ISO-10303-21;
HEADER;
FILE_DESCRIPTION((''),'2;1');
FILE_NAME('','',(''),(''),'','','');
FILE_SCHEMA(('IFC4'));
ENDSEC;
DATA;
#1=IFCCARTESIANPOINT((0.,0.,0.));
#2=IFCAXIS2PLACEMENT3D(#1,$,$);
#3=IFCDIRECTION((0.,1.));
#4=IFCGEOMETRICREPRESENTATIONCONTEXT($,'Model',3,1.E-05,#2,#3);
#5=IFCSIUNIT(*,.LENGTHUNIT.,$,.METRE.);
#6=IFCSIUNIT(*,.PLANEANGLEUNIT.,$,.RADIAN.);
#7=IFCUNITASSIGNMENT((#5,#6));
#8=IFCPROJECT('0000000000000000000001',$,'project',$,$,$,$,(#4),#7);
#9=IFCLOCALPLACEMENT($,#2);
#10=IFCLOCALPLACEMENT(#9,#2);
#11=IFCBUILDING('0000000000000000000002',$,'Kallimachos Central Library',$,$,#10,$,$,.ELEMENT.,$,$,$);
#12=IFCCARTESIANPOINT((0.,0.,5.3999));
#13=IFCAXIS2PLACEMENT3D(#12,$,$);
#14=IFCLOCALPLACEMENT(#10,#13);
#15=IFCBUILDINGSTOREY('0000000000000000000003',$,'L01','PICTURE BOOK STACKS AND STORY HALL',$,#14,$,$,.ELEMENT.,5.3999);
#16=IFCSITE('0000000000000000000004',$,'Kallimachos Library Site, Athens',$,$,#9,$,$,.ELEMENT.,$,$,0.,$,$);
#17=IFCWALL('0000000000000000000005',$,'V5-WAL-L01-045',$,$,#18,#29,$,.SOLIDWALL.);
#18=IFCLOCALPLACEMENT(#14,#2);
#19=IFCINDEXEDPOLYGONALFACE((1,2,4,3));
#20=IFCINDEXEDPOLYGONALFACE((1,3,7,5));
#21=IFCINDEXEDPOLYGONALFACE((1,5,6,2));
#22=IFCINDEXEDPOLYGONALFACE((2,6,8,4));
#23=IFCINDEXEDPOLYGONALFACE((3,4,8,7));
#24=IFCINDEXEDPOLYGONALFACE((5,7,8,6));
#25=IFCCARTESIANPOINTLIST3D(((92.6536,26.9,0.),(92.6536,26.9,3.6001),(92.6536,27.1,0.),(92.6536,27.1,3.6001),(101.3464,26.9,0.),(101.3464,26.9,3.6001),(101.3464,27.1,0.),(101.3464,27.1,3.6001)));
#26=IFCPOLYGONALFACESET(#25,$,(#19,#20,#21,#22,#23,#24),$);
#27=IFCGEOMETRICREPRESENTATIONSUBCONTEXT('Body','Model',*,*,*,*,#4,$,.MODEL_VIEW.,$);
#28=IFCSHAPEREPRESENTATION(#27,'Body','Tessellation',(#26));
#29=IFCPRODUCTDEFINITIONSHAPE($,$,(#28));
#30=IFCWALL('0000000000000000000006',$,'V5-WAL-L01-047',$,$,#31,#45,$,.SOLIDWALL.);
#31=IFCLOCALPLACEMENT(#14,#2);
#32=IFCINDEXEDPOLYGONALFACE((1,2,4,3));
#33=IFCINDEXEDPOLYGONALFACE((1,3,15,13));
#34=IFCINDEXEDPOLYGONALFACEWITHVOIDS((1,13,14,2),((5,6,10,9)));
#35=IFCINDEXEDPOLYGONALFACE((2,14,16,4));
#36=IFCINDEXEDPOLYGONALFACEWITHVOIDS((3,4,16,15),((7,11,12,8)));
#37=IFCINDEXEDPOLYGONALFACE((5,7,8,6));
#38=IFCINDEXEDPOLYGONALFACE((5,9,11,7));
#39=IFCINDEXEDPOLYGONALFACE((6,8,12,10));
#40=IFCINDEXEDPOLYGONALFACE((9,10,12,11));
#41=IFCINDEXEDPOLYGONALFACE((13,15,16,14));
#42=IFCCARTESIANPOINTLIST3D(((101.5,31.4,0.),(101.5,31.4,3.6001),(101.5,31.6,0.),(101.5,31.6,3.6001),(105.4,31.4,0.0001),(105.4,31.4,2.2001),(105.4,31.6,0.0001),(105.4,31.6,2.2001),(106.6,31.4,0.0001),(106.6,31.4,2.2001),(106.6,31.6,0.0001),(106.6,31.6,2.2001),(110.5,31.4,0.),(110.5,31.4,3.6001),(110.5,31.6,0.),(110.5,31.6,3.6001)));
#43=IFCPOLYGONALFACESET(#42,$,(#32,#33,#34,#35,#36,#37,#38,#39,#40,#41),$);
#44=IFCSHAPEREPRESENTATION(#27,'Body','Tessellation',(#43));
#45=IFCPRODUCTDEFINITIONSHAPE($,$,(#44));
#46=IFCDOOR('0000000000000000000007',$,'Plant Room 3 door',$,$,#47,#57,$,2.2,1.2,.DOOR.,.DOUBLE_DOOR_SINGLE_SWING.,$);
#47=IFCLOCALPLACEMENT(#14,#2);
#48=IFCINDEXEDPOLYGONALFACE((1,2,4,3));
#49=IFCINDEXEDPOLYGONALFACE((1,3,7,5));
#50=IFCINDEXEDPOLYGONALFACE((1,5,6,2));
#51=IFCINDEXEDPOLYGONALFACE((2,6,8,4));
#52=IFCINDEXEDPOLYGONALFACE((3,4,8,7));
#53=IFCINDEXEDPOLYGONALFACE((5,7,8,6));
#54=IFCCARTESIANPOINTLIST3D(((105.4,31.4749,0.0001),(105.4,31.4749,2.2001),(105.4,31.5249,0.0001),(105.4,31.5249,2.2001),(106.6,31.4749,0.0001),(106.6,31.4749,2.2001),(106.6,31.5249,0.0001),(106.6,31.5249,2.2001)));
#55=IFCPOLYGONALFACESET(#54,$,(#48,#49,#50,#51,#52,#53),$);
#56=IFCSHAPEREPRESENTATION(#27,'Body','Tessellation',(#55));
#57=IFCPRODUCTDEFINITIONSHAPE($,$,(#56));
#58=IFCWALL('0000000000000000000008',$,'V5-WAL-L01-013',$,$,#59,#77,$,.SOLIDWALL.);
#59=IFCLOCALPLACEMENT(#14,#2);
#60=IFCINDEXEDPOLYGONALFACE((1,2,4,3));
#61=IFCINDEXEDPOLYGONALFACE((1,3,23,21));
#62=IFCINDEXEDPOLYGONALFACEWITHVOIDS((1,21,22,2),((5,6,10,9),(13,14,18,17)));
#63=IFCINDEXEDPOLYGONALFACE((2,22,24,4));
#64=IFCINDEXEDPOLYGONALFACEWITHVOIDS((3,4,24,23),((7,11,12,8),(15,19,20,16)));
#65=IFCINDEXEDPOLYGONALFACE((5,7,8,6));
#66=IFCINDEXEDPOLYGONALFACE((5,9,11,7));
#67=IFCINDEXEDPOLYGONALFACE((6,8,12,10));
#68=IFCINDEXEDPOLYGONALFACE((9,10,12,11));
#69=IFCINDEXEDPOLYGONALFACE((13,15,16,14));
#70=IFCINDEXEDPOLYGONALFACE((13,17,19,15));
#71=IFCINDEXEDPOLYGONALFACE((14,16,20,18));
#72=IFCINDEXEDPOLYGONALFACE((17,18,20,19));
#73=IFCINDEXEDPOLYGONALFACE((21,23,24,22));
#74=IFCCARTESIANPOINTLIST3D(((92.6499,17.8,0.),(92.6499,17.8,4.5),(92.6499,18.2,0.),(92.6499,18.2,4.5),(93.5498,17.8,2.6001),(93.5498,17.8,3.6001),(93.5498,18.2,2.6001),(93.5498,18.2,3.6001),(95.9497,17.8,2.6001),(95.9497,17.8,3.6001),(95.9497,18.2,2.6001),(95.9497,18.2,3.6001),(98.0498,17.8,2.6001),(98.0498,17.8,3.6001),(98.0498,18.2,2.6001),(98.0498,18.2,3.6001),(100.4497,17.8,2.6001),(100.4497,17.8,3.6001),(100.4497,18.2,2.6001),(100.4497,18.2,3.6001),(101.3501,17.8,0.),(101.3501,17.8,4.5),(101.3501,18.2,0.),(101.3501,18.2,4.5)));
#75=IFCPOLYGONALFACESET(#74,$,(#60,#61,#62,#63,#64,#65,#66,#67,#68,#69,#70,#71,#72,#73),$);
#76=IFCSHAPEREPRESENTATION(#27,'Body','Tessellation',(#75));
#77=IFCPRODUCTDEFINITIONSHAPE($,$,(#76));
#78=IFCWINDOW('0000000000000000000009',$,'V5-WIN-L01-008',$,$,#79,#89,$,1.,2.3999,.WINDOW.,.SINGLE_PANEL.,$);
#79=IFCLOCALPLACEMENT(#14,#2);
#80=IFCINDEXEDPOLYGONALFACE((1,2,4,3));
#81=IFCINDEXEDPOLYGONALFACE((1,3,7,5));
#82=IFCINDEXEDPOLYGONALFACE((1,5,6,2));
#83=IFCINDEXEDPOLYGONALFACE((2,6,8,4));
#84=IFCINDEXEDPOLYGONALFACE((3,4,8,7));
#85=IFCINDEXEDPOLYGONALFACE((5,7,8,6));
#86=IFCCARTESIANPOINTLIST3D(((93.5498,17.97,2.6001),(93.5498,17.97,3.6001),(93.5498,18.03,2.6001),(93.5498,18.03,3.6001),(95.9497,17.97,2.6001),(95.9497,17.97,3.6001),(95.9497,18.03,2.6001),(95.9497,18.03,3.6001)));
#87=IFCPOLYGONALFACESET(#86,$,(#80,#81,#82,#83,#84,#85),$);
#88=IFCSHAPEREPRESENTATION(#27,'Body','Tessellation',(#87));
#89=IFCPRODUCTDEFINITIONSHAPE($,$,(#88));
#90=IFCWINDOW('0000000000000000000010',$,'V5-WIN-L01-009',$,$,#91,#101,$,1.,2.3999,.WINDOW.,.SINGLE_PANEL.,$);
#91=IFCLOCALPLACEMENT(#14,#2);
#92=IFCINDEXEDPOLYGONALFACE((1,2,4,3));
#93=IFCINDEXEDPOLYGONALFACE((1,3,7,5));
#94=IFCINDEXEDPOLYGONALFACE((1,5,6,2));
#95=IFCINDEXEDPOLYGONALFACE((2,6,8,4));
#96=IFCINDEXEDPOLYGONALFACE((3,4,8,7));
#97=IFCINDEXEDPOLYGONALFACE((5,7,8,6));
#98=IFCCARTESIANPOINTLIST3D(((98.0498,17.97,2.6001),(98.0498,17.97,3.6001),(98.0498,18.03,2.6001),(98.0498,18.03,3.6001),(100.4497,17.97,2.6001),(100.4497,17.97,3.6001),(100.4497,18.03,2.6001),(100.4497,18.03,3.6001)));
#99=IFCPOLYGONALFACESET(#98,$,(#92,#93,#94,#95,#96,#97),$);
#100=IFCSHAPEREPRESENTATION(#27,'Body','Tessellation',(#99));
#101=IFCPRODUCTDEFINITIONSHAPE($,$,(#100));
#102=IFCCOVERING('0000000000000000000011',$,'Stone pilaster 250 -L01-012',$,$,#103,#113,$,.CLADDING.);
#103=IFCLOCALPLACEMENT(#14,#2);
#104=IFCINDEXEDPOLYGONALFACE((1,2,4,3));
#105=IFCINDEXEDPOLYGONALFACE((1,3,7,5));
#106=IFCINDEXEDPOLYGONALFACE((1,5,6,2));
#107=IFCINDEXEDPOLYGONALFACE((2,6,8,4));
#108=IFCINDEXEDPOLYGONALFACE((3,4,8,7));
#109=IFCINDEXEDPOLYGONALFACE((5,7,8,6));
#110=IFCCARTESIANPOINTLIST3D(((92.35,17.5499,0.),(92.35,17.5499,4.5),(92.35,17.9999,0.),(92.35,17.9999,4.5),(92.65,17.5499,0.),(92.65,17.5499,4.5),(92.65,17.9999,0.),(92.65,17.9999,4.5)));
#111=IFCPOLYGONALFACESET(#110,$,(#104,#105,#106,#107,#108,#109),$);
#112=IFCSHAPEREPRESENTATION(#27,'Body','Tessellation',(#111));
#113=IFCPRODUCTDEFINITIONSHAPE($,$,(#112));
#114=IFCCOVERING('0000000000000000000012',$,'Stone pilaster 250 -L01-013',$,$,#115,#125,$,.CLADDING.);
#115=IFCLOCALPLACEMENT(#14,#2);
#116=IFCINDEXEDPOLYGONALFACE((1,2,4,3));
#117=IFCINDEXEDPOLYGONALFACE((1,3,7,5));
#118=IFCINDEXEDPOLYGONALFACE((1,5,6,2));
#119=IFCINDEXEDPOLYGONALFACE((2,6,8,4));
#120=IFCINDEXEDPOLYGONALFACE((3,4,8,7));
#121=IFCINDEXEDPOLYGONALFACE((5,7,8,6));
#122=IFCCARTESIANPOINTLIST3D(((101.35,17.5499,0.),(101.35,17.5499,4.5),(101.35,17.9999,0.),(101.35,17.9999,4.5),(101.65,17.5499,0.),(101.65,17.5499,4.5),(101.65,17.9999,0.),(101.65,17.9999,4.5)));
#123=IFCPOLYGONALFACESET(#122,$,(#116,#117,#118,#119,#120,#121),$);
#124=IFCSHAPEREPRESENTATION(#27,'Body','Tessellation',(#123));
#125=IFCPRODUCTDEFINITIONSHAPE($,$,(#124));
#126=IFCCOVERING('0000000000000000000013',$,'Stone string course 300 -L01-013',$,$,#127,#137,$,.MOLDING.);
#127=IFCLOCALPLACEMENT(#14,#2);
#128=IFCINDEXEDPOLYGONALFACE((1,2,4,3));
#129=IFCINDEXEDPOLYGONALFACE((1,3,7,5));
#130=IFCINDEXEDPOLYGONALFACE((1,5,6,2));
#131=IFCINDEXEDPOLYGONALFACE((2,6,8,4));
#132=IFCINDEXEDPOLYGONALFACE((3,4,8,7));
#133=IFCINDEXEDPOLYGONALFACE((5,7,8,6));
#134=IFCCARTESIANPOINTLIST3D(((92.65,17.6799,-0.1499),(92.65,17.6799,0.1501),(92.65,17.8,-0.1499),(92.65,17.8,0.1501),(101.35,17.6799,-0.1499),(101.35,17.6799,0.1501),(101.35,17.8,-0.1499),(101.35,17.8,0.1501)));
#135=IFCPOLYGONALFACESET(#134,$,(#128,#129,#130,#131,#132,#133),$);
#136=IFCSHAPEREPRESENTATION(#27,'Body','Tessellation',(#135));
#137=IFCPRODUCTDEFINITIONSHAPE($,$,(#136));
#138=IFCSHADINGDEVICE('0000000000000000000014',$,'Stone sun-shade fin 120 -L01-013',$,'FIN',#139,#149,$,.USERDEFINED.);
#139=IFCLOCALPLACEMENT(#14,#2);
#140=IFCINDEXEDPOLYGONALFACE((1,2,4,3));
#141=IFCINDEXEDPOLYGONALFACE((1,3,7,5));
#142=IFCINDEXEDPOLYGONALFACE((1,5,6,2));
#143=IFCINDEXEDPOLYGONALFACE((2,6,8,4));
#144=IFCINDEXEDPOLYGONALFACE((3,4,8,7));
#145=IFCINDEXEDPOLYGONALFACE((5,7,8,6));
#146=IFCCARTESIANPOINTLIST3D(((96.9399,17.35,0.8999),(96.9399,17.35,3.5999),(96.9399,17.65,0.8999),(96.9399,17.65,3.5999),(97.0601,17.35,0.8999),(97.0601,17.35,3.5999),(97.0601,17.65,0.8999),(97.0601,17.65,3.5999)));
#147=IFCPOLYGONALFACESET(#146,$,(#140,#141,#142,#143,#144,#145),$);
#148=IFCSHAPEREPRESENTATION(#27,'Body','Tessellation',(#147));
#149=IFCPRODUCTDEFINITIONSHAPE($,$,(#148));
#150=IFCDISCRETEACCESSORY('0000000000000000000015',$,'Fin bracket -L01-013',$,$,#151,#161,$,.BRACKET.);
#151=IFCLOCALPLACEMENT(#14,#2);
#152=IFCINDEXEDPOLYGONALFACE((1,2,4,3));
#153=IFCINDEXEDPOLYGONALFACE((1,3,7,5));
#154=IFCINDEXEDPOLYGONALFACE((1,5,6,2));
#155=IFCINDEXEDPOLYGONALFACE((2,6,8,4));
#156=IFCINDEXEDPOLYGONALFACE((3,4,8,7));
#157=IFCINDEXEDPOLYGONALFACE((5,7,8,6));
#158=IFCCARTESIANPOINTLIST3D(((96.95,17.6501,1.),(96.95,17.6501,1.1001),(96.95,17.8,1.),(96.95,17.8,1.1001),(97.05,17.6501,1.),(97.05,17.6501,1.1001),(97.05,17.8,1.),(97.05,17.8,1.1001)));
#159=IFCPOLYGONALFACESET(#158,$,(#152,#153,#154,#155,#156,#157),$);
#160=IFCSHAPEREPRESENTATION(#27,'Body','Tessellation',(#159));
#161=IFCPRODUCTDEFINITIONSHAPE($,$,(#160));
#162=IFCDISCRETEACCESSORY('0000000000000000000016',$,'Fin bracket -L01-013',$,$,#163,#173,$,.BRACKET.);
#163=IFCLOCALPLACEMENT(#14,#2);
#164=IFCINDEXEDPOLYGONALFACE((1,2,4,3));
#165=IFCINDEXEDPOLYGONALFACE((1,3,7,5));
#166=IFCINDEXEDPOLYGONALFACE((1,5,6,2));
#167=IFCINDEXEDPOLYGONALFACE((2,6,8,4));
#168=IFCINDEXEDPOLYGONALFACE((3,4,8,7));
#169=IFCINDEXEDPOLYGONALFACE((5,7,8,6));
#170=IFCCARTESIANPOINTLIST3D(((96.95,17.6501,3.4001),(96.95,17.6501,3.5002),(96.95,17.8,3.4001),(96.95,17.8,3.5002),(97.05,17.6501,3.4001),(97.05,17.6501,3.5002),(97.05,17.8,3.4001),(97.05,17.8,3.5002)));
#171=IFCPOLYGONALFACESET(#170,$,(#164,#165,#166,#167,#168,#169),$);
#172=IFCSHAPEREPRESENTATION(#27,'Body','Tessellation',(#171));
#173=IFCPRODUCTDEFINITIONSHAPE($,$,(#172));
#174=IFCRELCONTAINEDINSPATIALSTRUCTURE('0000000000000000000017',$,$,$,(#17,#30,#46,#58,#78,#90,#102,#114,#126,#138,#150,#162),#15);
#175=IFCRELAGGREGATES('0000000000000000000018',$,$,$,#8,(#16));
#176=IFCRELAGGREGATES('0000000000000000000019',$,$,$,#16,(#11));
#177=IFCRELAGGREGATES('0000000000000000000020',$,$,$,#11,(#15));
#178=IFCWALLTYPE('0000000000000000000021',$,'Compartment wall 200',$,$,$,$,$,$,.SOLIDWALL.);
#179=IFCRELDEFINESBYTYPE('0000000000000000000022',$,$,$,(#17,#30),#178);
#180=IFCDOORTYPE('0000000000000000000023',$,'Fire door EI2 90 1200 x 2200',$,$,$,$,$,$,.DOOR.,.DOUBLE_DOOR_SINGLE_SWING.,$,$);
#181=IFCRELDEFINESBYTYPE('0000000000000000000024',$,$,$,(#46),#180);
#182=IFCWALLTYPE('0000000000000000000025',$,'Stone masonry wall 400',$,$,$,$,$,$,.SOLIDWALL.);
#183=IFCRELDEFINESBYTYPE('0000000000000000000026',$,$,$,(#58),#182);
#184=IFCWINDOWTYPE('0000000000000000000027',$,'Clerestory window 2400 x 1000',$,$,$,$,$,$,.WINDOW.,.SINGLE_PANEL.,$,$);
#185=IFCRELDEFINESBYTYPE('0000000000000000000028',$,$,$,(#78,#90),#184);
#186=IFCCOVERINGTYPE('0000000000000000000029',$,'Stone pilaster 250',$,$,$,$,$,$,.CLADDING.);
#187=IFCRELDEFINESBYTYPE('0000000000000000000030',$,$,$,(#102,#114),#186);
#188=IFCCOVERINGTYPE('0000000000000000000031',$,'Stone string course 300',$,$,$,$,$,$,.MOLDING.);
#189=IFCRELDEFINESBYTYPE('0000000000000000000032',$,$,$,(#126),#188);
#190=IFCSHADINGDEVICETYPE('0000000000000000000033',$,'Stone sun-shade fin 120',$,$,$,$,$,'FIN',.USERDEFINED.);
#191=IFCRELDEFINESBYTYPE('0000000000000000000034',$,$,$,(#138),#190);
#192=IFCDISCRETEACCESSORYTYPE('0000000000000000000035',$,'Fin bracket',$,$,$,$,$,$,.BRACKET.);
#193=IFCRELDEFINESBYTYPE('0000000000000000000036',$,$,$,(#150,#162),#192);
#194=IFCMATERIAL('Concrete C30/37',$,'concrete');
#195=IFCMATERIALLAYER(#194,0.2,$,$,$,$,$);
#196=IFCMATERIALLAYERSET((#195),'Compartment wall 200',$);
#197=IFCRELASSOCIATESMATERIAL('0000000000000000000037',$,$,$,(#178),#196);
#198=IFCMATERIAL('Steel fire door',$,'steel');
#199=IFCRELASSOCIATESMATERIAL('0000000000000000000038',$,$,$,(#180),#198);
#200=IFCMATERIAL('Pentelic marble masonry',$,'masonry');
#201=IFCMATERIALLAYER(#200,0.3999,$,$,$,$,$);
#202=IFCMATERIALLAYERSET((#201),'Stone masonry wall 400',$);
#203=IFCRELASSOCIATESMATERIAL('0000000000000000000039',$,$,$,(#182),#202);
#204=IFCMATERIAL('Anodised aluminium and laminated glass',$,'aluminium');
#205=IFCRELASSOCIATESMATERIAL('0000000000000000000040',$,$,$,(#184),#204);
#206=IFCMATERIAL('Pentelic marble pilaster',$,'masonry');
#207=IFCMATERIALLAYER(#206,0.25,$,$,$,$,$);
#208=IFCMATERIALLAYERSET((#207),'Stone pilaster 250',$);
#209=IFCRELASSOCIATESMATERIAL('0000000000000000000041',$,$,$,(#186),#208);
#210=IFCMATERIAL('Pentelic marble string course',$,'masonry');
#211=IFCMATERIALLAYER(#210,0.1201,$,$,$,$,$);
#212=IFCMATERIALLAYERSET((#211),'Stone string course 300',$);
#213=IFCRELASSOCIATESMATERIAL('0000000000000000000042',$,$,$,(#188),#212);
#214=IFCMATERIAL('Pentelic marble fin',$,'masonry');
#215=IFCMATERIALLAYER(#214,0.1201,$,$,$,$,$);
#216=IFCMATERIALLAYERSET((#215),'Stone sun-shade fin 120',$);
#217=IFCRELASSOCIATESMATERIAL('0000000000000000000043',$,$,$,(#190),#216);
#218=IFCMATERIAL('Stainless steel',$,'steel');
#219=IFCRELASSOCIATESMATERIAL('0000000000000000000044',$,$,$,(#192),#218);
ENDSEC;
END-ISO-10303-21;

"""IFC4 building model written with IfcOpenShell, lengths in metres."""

from ifc_helpers import new_model, si_unit, direction, frame, frame_2d, origin, origin_2d, place, context, subcontext, project, spatial, rectangle, extrude, material, layer, layer_set, type_object, element, fill, save


model = new_model("IFC4")

# Units and contexts
model_context = context("Model", 3, precision=1e-05, world=origin(), true_north=direction((0.0, 1.0)))
body_context = subcontext(model_context, "Body", "Model", "MODEL_VIEW")
ifc_project = project(units=[si_unit("LENGTHUNIT", "METRE"), si_unit("PLANEANGLEUNIT", "RADIAN")], contexts=[model_context])

# Site, building, storey
site_placement = place(None, origin())
site = spatial("IfcSite", under=ifc_project, at=site_placement, Name="Kallimachos Library Site, Athens", CompositionType="ELEMENT", RefElevation=0.0)
building_placement = place(site_placement, origin())
building = spatial("IfcBuilding", under=site, at=building_placement, Name="Kallimachos Central Library", CompositionType="ELEMENT")
storey_placement = place(building_placement, frame((0.0, 0.0, 5.3999)))
storey = spatial("IfcBuildingStorey", under=building, at=storey_placement, Name="L01", Description="PICTURE BOOK STACKS AND STORY HALL", CompositionType="ELEMENT", Elevation=5.3999)

# Wall
ifc_material_1 = material(Name="Concrete C30/37", Category="concrete")
ifc_layer_1 = layer(ifc_material_1, 0.2)
ifc_layer_set_1 = layer_set([ifc_layer_1], Name="Compartment wall 200")
wall_type_1 = type_object("IfcWallType", Name="Compartment wall 200", PredefinedType="SOLIDWALL", material=ifc_layer_set_1)
wall_1_placement = place(storey_placement, frame((92.6536, 27.0, 0.0), z_axis=(0.0, 0.0, 1.0), x_axis=(1.0, 0.0, 0.0)))
element("IfcWall", 1, at=wall_1_placement, inside=storey, type_object=wall_type_1, Name="V5-WAL-L01-045", PredefinedType="SOLIDWALL", context=body_context, shape_type="SweptSolid", body=[
    extrude(rectangle(XDim=8.6929, YDim=0.2, at=frame_2d((4.3464, 0.0))), origin(), (0.0, 0.0, 1.0), 3.6001),
])

# Wall, opening, door
wall_2_placement = place(storey_placement, frame((101.5, 31.5, 0.0), z_axis=(0.0, 0.0, 1.0), x_axis=(1.0, 0.0, 0.0)))
wall_2 = element("IfcWall", 2, at=wall_2_placement, inside=storey, type_object=wall_type_1, Name="V5-WAL-L01-047", PredefinedType="SOLIDWALL", context=body_context, shape_type="SweptSolid", body=[
    extrude(rectangle(XDim=9.0, YDim=0.2, at=frame_2d((4.5, 0.0))), origin(), (0.0, 0.0, 1.0), 3.6001),
])
opening_1_placement = place(wall_2_placement, frame((3.8999, 0.0, 0.0)))
opening_1 = element("IfcOpeningElement", 3, at=opening_1_placement, cuts=wall_2, PredefinedType="OPENING", context=body_context, shape_type="SweptSolid", body=[
    extrude(rectangle(XDim=1.2, YDim=2.2, at=frame_2d((0.6001, 1.1001))), frame((0.0, 0.1099, 0.0), z_axis=(0.0, -1.0, 0.0), x_axis=(1.0, 0.0, 0.0)), (0.0, 0.0, 1.0), 0.22),
])
ifc_material_2 = material(Name="Steel fire door", Category="steel")
door_type = type_object("IfcDoorType", Name="Fire door EI2 90 1200 x 2200", OperationType="DOUBLE_DOOR_SINGLE_SWING", PredefinedType="DOOR", material=ifc_material_2)
door_placement = place(opening_1_placement, origin())
door = element("IfcDoor", 4, at=door_placement, inside=storey, type_object=door_type, Name="Plant Room 3 door", OperationType="DOUBLE_DOOR_SINGLE_SWING", OverallHeight=2.2, OverallWidth=1.2, PredefinedType="DOOR", context=body_context, shape_type="SweptSolid", body=[
    extrude(rectangle(XDim=1.2, YDim=2.2, at=frame_2d((0.6001, 1.1001))), frame((0.0, 0.0249, 0.0), z_axis=(0.0, -1.0, 0.0), x_axis=(1.0, 0.0, 0.0)), (0.0, 0.0, 1.0), 0.05),
])
fill(opening_1, door)

# Wall, openings, windows
ifc_material_3 = material(Name="Pentelic marble masonry", Category="masonry")
ifc_layer_2 = layer(ifc_material_3, 0.3999)
ifc_layer_set_2 = layer_set([ifc_layer_2], Name="Stone masonry wall 400")
wall_type_2 = type_object("IfcWallType", Name="Stone masonry wall 400", PredefinedType="SOLIDWALL", material=ifc_layer_set_2)
wall_3_placement = place(storey_placement, frame((92.6499, 18.0, 0.0), z_axis=(0.0, 0.0, 1.0), x_axis=(1.0, 0.0, 0.0)))
wall_3 = element("IfcWall", 5, at=wall_3_placement, inside=storey, type_object=wall_type_2, Name="V5-WAL-L01-013", PredefinedType="SOLIDWALL", context=body_context, shape_type="SweptSolid", body=[
    extrude(rectangle(XDim=8.7002, YDim=0.3999, at=frame_2d((4.3501, 0.0))), origin(), (0.0, 0.0, 1.0), 4.5),
])
opening_2_placement = place(wall_3_placement, frame((0.8999, 0.0, 2.6001)))
opening_2 = element("IfcOpeningElement", 6, at=opening_2_placement, cuts=wall_3, PredefinedType="OPENING", context=body_context, shape_type="SweptSolid", body=[
    extrude(rectangle(XDim=2.3999, YDim=1.0, at=frame_2d((1.2, 0.5))), frame((0.0, 0.21, 0.0), z_axis=(0.0, -1.0, 0.0), x_axis=(1.0, 0.0, 0.0)), (0.0, 0.0, 1.0), 0.4199),
])
opening_3_placement = place(wall_3_placement, frame((5.3999, 0.0, 2.6001)))
opening_3 = element("IfcOpeningElement", 7, at=opening_3_placement, cuts=wall_3, PredefinedType="OPENING", context=body_context, shape_type="SweptSolid", body=[
    extrude(rectangle(XDim=2.3999, YDim=1.0, at=frame_2d((1.2, 0.5))), frame((0.0, 0.21, 0.0), z_axis=(0.0, -1.0, 0.0), x_axis=(1.0, 0.0, 0.0)), (0.0, 0.0, 1.0), 0.4199),
])
ifc_material_4 = material(Name="Anodised aluminium and laminated glass", Category="aluminium")
window_type = type_object("IfcWindowType", Name="Clerestory window 2400 x 1000", PartitioningType="SINGLE_PANEL", PredefinedType="WINDOW", material=ifc_material_4)
window_1_placement = place(opening_2_placement, origin())
window_1 = element("IfcWindow", 8, at=window_1_placement, inside=storey, type_object=window_type, Name="V5-WIN-L01-008", OverallHeight=1.0, OverallWidth=2.3999, PartitioningType="SINGLE_PANEL", PredefinedType="WINDOW", context=body_context, shape_type="SweptSolid", body=[
    extrude(rectangle(XDim=2.3999, YDim=1.0, at=frame_2d((1.2, 0.5))), frame((0.0, 0.03, 0.0), z_axis=(0.0, -1.0, 0.0), x_axis=(1.0, 0.0, 0.0)), (0.0, 0.0, 1.0), 0.0601),
])
fill(opening_2, window_1)
window_2_placement = place(opening_3_placement, origin())
window_2 = element("IfcWindow", 9, at=window_2_placement, inside=storey, type_object=window_type, Name="V5-WIN-L01-009", OverallHeight=1.0, OverallWidth=2.3999, PartitioningType="SINGLE_PANEL", PredefinedType="WINDOW", context=body_context, shape_type="SweptSolid", body=[
    extrude(rectangle(XDim=2.3999, YDim=1.0, at=frame_2d((1.2, 0.5))), frame((0.0, 0.03, 0.0), z_axis=(0.0, -1.0, 0.0), x_axis=(1.0, 0.0, 0.0)), (0.0, 0.0, 1.0), 0.0601),
])
fill(opening_3, window_2)

# Coverings
ifc_material_5 = material(Name="Pentelic marble pilaster", Category="masonry")
ifc_layer_3 = layer(ifc_material_5, 0.25)
ifc_layer_set_3 = layer_set([ifc_layer_3], Name="Stone pilaster 250")
covering_type_1 = type_object("IfcCoveringType", Name="Stone pilaster 250", PredefinedType="CLADDING", material=ifc_layer_set_3)
for number, where, z_axis, x_axis, name in (
    (10, (92.5, 17.7749, 0.0), (0.0, 0.0, 1.0), (1.0, 0.0, 0.0), "Stone pilaster 250 -L01-012"),
    (11, (101.5, 17.7749, 0.0), (0.0, 0.0, 1.0), (1.0, 0.0, 0.0), "Stone pilaster 250 -L01-013"),
):
    element("IfcCovering", number, at=place(storey_placement, frame(where, z_axis=z_axis, x_axis=x_axis)), inside=storey, type_object=covering_type_1, Name=name, PredefinedType="CLADDING", context=body_context, shape_type="SweptSolid", body=[
        extrude(rectangle(XDim=0.3, YDim=0.45, at=origin_2d()), origin(), (0.0, 0.0, 1.0), 4.5),
    ])
ifc_material_6 = material(Name="Pentelic marble string course", Category="masonry")
ifc_layer_4 = layer(ifc_material_6, 0.1201)
ifc_layer_set_4 = layer_set([ifc_layer_4], Name="Stone string course 300")
covering_type_2 = type_object("IfcCoveringType", Name="Stone string course 300", PredefinedType="MOLDING", material=ifc_layer_set_4)
covering_placement = place(storey_placement, frame((97.0, 17.74, -0.1499), z_axis=(0.0, 0.0, 1.0), x_axis=(1.0, 0.0, 0.0)))
element("IfcCovering", 12, at=covering_placement, inside=storey, type_object=covering_type_2, Name="Stone string course 300 -L01-013", PredefinedType="MOLDING", context=body_context, shape_type="SweptSolid", body=[
    extrude(rectangle(XDim=8.7, YDim=0.1201, at=origin_2d()), origin(), (0.0, 0.0, 1.0), 0.3),
])

# Shading device
ifc_material_7 = material(Name="Pentelic marble fin", Category="masonry")
ifc_layer_5 = layer(ifc_material_7, 0.1201)
ifc_layer_set_5 = layer_set([ifc_layer_5], Name="Stone sun-shade fin 120")
shading_device_type = type_object("IfcShadingDeviceType", Name="Stone sun-shade fin 120", ElementType="FIN", PredefinedType="USERDEFINED", material=ifc_layer_set_5)
shading_device_placement = place(storey_placement, frame((97.0, 17.5, 0.8999), z_axis=(0.0, 0.0, 1.0), x_axis=(1.0, 0.0, 0.0)))
element("IfcShadingDevice", 13, at=shading_device_placement, inside=storey, type_object=shading_device_type, Name="Stone sun-shade fin 120 -L01-013", ObjectType="FIN", PredefinedType="USERDEFINED", context=body_context, shape_type="SweptSolid", body=[
    extrude(rectangle(XDim=0.1201, YDim=0.3, at=origin_2d()), origin(), (0.0, 0.0, 1.0), 2.7),
])

# Discrete accessories
ifc_material_8 = material(Name="Stainless steel", Category="steel")
discrete_accessory_type = type_object("IfcDiscreteAccessoryType", Name="Fin bracket", PredefinedType="BRACKET", material=ifc_material_8)
for number, where, z_axis, x_axis, name in (
    (14, (97.0, 17.7251, 1.0), (0.0, 0.0, 1.0), (1.0, 0.0, 0.0), "Fin bracket -L01-013"),
    (15, (97.0, 17.7251, 3.4001), (0.0, 0.0, 1.0), (1.0, 0.0, 0.0), "Fin bracket -L01-013"),
):
    element("IfcDiscreteAccessory", number, at=place(storey_placement, frame(where, z_axis=z_axis, x_axis=x_axis)), inside=storey, type_object=discrete_accessory_type, Name=name, PredefinedType="BRACKET", context=body_context, shape_type="SweptSolid", body=[
        extrude(rectangle(XDim=0.1001, YDim=0.1499, at=origin_2d()), origin(), (0.0, 0.0, 1.0), 0.1001),
    ])

save(model, "model.ifc")
